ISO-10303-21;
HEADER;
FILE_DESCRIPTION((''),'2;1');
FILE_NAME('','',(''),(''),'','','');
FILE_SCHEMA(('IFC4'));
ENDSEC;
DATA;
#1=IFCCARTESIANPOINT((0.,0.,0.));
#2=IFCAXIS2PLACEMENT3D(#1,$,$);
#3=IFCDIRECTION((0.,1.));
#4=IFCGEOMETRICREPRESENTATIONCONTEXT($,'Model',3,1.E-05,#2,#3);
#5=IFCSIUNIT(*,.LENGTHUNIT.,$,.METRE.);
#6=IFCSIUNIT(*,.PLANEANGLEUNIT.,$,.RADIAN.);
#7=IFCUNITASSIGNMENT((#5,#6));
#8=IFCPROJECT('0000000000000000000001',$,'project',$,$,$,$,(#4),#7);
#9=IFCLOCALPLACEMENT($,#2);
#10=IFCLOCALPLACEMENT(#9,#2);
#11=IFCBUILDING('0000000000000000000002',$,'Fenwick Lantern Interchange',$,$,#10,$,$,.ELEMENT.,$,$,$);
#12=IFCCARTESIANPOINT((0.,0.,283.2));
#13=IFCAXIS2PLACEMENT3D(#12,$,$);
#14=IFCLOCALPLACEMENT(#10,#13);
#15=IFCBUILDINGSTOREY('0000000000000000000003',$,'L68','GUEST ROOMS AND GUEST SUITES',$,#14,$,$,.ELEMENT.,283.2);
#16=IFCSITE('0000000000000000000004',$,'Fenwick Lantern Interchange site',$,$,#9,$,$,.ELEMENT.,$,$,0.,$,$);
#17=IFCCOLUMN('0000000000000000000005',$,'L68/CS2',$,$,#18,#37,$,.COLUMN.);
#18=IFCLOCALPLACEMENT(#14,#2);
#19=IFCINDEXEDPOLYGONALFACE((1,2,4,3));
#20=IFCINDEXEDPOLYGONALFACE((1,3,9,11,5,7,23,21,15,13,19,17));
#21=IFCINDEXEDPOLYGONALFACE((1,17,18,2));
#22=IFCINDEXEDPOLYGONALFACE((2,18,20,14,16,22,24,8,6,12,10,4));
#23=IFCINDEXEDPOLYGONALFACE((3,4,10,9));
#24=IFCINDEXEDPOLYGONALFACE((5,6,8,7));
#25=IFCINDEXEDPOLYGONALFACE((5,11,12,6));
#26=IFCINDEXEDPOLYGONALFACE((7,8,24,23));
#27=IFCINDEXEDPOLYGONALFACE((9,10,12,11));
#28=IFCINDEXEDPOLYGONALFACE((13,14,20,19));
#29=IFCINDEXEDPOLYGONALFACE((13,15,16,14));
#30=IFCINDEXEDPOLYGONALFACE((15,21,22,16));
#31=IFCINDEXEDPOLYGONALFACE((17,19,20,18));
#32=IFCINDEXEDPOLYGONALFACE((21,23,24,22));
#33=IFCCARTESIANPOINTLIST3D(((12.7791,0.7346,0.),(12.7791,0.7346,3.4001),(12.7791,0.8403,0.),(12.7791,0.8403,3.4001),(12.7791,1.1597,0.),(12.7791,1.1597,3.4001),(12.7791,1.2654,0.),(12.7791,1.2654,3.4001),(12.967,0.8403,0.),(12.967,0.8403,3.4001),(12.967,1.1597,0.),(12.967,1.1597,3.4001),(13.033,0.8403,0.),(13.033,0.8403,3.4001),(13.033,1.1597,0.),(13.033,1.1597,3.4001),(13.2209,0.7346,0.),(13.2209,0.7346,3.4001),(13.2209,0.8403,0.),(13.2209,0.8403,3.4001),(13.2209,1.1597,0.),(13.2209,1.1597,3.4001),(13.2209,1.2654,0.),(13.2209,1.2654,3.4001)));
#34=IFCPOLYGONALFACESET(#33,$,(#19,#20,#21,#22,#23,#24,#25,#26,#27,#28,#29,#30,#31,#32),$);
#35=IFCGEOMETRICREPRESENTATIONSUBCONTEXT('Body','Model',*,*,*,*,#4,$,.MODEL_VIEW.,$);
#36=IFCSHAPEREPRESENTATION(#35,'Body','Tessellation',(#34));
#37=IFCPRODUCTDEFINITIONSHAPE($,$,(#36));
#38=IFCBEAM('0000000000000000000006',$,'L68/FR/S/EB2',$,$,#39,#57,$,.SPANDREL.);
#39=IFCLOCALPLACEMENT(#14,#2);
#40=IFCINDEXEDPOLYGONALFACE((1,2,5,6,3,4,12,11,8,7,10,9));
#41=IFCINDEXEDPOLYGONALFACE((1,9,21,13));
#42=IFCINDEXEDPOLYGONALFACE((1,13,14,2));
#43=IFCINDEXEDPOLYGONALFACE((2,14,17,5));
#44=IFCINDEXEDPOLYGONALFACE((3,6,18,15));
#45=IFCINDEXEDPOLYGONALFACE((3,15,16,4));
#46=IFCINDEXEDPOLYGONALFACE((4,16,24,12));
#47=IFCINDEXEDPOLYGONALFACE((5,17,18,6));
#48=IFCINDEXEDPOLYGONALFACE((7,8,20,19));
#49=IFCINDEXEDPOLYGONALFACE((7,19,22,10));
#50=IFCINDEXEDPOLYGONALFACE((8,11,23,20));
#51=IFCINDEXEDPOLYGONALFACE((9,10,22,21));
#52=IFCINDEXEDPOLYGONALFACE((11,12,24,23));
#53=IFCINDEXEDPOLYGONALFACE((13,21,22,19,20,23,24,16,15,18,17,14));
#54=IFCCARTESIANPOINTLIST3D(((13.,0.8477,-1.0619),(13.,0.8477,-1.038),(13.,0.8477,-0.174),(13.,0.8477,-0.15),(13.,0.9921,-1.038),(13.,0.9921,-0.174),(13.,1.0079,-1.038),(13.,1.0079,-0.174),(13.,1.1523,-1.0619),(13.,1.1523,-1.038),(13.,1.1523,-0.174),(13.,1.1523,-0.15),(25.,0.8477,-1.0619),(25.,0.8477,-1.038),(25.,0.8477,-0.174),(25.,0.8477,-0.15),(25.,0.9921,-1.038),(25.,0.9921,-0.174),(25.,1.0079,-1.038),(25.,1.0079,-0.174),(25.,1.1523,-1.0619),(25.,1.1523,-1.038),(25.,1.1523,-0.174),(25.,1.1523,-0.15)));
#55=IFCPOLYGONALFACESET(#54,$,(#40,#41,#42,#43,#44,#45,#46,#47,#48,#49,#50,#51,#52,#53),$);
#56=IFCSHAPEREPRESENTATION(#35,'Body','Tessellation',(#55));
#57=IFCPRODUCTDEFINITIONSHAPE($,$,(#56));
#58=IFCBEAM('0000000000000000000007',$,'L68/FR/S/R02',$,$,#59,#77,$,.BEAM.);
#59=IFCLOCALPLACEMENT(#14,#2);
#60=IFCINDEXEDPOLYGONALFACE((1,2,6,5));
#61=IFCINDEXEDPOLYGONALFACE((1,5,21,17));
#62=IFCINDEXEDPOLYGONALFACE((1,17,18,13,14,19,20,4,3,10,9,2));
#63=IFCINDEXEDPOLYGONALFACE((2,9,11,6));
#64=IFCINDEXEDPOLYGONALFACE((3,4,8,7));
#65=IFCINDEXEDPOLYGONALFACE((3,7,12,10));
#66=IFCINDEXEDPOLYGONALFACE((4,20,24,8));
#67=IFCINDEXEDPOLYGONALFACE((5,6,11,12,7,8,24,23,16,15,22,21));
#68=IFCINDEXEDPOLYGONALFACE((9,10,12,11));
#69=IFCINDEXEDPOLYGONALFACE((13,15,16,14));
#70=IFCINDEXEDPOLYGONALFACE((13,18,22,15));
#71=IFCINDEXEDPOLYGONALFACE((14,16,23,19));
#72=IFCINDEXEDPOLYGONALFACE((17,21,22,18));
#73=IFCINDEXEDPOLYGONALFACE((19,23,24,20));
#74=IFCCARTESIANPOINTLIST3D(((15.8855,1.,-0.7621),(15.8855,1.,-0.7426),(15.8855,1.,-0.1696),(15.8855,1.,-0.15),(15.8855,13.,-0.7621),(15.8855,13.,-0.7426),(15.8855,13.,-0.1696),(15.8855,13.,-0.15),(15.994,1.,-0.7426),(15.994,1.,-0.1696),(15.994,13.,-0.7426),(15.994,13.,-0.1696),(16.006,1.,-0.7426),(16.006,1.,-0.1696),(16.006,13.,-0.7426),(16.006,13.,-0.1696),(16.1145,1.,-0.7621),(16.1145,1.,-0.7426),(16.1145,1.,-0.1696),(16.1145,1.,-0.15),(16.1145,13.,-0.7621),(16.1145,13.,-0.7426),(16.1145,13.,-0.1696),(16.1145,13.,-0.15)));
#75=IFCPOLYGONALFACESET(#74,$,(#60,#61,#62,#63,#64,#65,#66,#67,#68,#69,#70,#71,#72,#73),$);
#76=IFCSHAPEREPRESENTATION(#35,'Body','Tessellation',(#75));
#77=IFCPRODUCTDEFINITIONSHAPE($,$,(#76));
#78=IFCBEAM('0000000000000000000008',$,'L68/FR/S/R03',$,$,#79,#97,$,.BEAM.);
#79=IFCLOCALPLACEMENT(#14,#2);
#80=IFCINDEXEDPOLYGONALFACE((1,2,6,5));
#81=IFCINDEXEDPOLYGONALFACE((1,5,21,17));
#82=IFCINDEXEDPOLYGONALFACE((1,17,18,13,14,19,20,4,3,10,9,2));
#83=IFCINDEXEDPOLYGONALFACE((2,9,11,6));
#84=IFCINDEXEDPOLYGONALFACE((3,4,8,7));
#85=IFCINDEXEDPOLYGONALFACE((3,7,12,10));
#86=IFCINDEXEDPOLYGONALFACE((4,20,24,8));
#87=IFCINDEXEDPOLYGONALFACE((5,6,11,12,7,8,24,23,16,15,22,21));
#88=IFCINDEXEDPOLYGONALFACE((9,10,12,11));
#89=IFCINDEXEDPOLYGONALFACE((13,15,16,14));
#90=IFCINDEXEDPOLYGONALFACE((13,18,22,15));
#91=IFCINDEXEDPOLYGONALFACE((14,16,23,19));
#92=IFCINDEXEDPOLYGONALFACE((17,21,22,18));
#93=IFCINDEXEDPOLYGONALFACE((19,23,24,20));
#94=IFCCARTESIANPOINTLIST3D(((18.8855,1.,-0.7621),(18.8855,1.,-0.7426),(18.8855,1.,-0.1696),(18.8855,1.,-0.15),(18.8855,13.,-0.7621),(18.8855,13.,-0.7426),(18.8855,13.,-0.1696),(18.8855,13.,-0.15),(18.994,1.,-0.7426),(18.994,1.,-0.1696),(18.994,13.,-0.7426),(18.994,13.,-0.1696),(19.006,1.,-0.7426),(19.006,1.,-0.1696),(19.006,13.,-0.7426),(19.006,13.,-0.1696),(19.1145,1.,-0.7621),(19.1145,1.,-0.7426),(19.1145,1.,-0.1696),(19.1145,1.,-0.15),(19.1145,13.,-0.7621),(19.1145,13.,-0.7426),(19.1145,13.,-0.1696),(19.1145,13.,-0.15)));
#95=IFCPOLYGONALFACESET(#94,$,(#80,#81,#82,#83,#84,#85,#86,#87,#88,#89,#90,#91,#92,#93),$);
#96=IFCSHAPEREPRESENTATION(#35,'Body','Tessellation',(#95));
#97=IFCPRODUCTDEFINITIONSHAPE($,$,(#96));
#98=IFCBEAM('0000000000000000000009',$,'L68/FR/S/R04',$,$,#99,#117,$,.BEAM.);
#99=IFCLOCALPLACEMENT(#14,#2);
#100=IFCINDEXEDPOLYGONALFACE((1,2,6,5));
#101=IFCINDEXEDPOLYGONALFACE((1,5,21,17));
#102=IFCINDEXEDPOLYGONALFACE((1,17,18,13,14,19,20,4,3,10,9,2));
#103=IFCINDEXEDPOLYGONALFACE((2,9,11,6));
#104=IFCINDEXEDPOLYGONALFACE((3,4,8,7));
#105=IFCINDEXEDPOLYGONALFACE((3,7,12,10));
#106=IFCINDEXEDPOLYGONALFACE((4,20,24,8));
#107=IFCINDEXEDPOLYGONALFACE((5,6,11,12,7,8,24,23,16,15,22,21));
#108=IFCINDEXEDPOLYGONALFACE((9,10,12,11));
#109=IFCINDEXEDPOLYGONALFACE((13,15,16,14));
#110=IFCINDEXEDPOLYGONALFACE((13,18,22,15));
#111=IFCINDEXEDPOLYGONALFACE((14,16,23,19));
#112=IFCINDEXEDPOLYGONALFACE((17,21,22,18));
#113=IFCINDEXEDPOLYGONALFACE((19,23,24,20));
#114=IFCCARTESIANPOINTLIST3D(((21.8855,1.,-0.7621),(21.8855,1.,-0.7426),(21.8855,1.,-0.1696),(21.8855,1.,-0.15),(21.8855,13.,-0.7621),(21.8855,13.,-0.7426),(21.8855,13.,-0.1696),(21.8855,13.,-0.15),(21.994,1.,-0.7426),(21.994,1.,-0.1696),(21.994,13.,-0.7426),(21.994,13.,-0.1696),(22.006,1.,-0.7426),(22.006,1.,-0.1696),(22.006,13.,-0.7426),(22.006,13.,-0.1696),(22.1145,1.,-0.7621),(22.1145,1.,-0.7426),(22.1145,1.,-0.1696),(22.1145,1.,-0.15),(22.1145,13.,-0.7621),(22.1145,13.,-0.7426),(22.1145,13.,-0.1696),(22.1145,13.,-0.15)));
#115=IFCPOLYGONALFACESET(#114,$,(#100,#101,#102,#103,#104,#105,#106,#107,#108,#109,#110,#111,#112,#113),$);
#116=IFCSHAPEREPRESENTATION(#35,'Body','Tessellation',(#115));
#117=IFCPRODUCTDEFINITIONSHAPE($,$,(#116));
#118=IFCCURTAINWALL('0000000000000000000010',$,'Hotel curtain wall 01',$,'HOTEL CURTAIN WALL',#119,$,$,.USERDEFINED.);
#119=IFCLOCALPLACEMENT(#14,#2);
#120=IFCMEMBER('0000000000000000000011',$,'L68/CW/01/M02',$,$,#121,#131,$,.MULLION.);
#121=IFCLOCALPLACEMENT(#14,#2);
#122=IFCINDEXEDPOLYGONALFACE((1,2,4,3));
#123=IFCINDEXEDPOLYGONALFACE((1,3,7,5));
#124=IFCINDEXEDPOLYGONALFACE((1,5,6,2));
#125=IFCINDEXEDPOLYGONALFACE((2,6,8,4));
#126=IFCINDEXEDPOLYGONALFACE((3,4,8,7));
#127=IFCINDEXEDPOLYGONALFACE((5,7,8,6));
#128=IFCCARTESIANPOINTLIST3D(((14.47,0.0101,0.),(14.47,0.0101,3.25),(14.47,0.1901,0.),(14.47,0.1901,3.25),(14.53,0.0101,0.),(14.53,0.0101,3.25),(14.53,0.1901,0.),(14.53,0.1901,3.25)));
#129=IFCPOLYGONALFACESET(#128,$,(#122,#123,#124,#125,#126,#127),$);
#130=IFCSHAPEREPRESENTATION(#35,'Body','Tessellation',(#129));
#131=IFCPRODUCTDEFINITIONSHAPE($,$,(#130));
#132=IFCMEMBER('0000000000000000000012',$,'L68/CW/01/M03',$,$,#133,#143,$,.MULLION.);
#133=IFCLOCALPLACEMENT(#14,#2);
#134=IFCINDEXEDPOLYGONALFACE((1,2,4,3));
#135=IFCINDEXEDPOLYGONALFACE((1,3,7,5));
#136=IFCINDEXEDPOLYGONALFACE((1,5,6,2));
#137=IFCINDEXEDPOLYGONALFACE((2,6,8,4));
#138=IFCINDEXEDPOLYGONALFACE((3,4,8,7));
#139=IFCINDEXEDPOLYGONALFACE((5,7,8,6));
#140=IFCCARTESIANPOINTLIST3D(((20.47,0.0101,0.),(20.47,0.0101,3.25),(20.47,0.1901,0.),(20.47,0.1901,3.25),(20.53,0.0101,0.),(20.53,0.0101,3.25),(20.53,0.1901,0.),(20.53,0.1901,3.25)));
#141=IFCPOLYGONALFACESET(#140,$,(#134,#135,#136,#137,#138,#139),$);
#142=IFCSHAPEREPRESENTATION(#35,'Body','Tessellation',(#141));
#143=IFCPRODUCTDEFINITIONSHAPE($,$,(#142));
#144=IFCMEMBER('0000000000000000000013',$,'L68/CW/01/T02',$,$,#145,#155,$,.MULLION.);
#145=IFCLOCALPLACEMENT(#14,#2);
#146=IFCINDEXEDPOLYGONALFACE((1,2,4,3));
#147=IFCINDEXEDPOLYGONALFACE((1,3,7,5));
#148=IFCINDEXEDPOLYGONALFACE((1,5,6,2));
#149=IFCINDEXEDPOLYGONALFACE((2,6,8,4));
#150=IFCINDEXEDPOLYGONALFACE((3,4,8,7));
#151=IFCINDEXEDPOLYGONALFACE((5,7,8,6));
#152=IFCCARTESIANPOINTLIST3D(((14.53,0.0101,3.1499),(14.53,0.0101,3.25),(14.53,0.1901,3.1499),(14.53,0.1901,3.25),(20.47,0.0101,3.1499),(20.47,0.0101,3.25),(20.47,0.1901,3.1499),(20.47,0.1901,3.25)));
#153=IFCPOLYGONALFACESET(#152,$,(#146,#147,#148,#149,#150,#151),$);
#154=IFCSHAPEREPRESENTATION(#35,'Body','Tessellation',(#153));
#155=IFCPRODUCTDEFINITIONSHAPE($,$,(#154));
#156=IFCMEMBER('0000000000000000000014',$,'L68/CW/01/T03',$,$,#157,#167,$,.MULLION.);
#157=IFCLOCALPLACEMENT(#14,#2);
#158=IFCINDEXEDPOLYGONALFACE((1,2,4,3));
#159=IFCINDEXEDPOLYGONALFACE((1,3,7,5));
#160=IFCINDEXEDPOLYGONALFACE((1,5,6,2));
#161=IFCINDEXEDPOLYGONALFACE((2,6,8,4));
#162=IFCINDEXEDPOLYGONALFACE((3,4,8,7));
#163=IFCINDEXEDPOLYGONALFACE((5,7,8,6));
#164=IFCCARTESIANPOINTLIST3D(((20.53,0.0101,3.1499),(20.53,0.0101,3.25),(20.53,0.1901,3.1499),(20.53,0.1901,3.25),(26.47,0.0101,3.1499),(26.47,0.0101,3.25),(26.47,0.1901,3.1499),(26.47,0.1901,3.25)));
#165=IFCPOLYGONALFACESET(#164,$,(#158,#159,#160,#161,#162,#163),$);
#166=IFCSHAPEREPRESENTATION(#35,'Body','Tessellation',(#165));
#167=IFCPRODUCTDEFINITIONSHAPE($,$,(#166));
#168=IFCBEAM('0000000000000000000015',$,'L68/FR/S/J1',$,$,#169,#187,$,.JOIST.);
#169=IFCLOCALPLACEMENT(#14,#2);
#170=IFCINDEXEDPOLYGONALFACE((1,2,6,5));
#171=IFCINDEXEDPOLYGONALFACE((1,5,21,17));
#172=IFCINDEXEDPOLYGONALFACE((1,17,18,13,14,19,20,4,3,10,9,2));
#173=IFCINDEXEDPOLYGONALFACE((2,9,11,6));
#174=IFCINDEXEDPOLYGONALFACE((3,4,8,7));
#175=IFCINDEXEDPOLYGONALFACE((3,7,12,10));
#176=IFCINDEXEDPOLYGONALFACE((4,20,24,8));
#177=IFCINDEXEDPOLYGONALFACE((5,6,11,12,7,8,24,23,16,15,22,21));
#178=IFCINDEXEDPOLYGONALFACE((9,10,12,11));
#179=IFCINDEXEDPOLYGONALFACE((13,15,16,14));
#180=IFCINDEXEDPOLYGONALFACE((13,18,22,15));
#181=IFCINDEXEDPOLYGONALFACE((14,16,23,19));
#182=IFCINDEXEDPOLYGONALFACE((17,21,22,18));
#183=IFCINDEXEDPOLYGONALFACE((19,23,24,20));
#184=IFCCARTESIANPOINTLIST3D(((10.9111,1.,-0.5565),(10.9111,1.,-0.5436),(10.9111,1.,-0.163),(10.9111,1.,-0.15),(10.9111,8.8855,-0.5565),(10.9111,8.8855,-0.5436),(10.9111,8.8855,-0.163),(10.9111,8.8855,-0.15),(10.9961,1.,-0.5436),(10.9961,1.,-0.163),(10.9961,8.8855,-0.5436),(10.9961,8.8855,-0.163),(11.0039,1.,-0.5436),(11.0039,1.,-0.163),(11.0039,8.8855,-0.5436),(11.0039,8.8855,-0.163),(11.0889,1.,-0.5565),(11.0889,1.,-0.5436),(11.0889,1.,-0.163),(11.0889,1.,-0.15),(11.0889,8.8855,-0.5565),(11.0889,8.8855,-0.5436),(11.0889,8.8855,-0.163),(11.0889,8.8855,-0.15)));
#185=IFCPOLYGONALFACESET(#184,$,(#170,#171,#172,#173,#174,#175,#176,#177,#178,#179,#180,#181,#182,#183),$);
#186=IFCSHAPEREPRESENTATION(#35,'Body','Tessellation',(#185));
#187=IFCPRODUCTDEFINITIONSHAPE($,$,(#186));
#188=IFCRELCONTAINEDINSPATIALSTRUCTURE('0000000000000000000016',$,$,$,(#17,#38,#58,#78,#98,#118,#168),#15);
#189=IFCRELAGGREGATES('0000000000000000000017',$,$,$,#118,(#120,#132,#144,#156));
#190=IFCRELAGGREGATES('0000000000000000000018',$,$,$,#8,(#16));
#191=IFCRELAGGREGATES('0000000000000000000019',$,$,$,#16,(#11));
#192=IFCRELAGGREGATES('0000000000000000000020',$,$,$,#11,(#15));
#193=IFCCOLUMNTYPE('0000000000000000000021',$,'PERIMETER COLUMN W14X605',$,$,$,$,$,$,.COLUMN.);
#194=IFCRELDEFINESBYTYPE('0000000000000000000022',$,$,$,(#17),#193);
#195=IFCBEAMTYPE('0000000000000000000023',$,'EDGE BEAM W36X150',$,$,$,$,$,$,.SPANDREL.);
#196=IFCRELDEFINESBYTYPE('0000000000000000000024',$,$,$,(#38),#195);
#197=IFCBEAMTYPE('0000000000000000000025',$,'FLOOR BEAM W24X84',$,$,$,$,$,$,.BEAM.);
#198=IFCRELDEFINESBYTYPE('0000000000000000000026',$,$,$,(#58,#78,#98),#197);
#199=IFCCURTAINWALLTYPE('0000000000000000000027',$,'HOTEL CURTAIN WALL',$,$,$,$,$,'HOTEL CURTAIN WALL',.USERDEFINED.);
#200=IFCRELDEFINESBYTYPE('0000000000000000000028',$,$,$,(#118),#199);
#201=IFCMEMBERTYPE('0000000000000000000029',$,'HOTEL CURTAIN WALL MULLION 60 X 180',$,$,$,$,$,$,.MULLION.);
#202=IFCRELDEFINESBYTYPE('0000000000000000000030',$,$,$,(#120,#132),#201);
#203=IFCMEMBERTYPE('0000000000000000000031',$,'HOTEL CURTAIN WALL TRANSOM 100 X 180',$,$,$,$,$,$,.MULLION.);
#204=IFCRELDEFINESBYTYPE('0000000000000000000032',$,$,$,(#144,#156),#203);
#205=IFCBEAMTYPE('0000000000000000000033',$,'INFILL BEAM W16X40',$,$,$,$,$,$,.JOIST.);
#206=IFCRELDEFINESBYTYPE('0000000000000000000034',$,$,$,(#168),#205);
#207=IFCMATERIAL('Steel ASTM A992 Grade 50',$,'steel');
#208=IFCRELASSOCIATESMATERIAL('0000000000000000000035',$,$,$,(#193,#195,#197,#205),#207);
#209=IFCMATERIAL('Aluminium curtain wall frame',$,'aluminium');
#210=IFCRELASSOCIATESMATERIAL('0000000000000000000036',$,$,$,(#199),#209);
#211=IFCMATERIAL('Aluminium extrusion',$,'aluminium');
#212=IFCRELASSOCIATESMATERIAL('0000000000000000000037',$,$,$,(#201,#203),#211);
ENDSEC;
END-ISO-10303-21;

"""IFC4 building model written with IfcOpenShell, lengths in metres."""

from ifc_helpers import new_model, si_unit, direction, frame, origin, origin_2d, place, context, subcontext, project, spatial, rectangle, i_section, extrude, material, material_profile, profile_set, type_object, element, aggregate, save


model = new_model("IFC4")

# Units and contexts
model_context = context("Model", 3, precision=1e-05, world=origin(), true_north=direction((0.0, 1.0)))
body_context = subcontext(model_context, "Body", "Model", "MODEL_VIEW")
ifc_project = project(units=[si_unit("LENGTHUNIT", "METRE"), si_unit("PLANEANGLEUNIT", "RADIAN")], contexts=[model_context])

# Site, building, storey
site_placement = place(None, origin())
site = spatial("IfcSite", under=ifc_project, at=site_placement, Name="Fenwick Lantern Interchange site", CompositionType="ELEMENT", RefElevation=0.0)
building_placement = place(site_placement, origin())
building = spatial("IfcBuilding", under=site, at=building_placement, Name="Fenwick Lantern Interchange", CompositionType="ELEMENT")
storey_placement = place(building_placement, frame((0.0, 0.0, 283.2)))
storey = spatial("IfcBuildingStorey", under=building, at=storey_placement, Name="L68", Description="GUEST ROOMS AND GUEST SUITES", CompositionType="ELEMENT", Elevation=283.2)

# Column
ifc_material_1 = material(Name="Steel ASTM A992 Grade 50", Category="steel")
ifc_material_profile_1 = material_profile(ifc_material_1, i_section(OverallWidth=0.4419, OverallDepth=0.5308, WebThickness=0.0659, FlangeThickness=0.1057, at=origin_2d()), Name="W14X605")
ifc_profile_set_1 = profile_set([ifc_material_profile_1], Name="Steel ASTM A992 Grade 50")
column_type = type_object("IfcColumnType", Name="PERIMETER COLUMN W14X605", PredefinedType="COLUMN", material=ifc_profile_set_1)
column_placement = place(storey_placement, frame((13.0, 1.0, 0.0), z_axis=(0.0, 0.0, 1.0), x_axis=(1.0, 0.0, 0.0)))
element("IfcColumn", 1, at=column_placement, inside=storey, type_object=column_type, Name="L68/CS2", PredefinedType="COLUMN", context=body_context, shape_type="SweptSolid", body=[
    extrude(i_section(OverallWidth=0.4419, OverallDepth=0.5308, WebThickness=0.0659, FlangeThickness=0.1057, at=origin_2d()), origin(), (0.0, 0.0, 1.0), 3.4001),
])

# Beams
ifc_material_profile_2 = material_profile(ifc_material_1, i_section(OverallWidth=0.3047, OverallDepth=0.9119, WebThickness=0.0159, FlangeThickness=0.0239, at=origin_2d()), Name="W36X150")
ifc_profile_set_2 = profile_set([ifc_material_profile_2], Name="Steel ASTM A992 Grade 50")
beam_type_1 = type_object("IfcBeamType", Name="EDGE BEAM W36X150", PredefinedType="SPANDREL", material=ifc_profile_set_2)
beam_1_placement = place(storey_placement, frame((13.0, 1.0, -0.606), z_axis=(1.0, 0.0, 0.0), x_axis=(0.0, 1.0, 0.0)))
element("IfcBeam", 2, at=beam_1_placement, inside=storey, type_object=beam_type_1, Name="L68/FR/S/EB2", PredefinedType="SPANDREL", context=body_context, shape_type="SweptSolid", body=[
    extrude(i_section(OverallWidth=0.3047, OverallDepth=0.9119, WebThickness=0.0159, FlangeThickness=0.0239, at=origin_2d()), origin(), (0.0, 0.0, 1.0), 12.0),
])
ifc_material_profile_3 = material_profile(ifc_material_1, i_section(OverallWidth=0.229, OverallDepth=0.6121, WebThickness=0.012, FlangeThickness=0.0195, at=origin_2d()), Name="W24X84")
ifc_profile_set_3 = profile_set([ifc_material_profile_3], Name="Steel ASTM A992 Grade 50")
beam_type_2 = type_object("IfcBeamType", Name="FLOOR BEAM W24X84", PredefinedType="BEAM", material=ifc_profile_set_3)
for number, where, z_axis, x_axis, name in (
    (3, (16.0, 1.0, -0.4561), (0.0, 1.0, 0.0), (-1.0, 0.0, 0.0), "L68/FR/S/R02"),
    (4, (19.0, 1.0, -0.4561), (0.0, 1.0, 0.0), (-1.0, 0.0, 0.0), "L68/FR/S/R03"),
    (5, (22.0, 1.0, -0.4561), (0.0, 1.0, 0.0), (-1.0, 0.0, 0.0), "L68/FR/S/R04"),
):
    element("IfcBeam", number, at=place(storey_placement, frame(where, z_axis=z_axis, x_axis=x_axis)), inside=storey, type_object=beam_type_2, Name=name, PredefinedType="BEAM", context=body_context, shape_type="SweptSolid", body=[
        extrude(i_section(OverallWidth=0.229, OverallDepth=0.6121, WebThickness=0.012, FlangeThickness=0.0195, at=origin_2d()), origin(), (0.0, 0.0, 1.0), 12.0),
    ])

# Curtain wall, members
ifc_material_2 = material(Name="Aluminium curtain wall frame", Category="aluminium")
curtain_wall_type = type_object("IfcCurtainWallType", Name="HOTEL CURTAIN WALL", ElementType="HOTEL CURTAIN WALL", PredefinedType="USERDEFINED", material=ifc_material_2)
curtain_wall_placement = place(storey_placement, origin())
curtain_wall = element("IfcCurtainWall", 6, at=curtain_wall_placement, inside=storey, type_object=curtain_wall_type, Name="Hotel curtain wall 01", ObjectType="HOTEL CURTAIN WALL", PredefinedType="USERDEFINED")
ifc_material_3 = material(Name="Aluminium extrusion", Category="aluminium")
ifc_material_profile_4 = material_profile(ifc_material_3, rectangle(XDim=0.1799, YDim=0.0601, at=origin_2d()), Name="HOTEL CURTAIN WALL MULLION 60 X 180")
ifc_profile_set_4 = profile_set([ifc_material_profile_4], Name="Aluminium extrusion")
member_type_1 = type_object("IfcMemberType", Name="HOTEL CURTAIN WALL MULLION 60 X 180", PredefinedType="MULLION", material=ifc_profile_set_4)
member_1_placement = place(storey_placement, frame((14.5, 0.1001, 0.0), z_axis=(0.0, 0.0, 1.0), x_axis=(0.0, 1.0, 0.0)))
member_1 = element("IfcMember", 7, at=member_1_placement, type_object=member_type_1, Name="L68/CW/01/M02", PredefinedType="MULLION", context=body_context, shape_type="SweptSolid", body=[
    extrude(rectangle(XDim=0.1799, YDim=0.0601, at=origin_2d()), origin(), (0.0, 0.0, 1.0), 3.25),
])
member_2_placement = place(storey_placement, frame((20.5, 0.1001, 0.0), z_axis=(0.0, 0.0, 1.0), x_axis=(0.0, 1.0, 0.0)))
member_2 = element("IfcMember", 8, at=member_2_placement, type_object=member_type_1, Name="L68/CW/01/M03", PredefinedType="MULLION", context=body_context, shape_type="SweptSolid", body=[
    extrude(rectangle(XDim=0.1799, YDim=0.0601, at=origin_2d()), origin(), (0.0, 0.0, 1.0), 3.25),
])
ifc_material_profile_5 = material_profile(ifc_material_3, rectangle(XDim=0.1799, YDim=0.1001, at=origin_2d()), Name="HOTEL CURTAIN WALL TRANSOM 100 X 180")
ifc_profile_set_5 = profile_set([ifc_material_profile_5], Name="Aluminium extrusion")
member_type_2 = type_object("IfcMemberType", Name="HOTEL CURTAIN WALL TRANSOM 100 X 180", PredefinedType="MULLION", material=ifc_profile_set_5)
member_3_placement = place(storey_placement, frame((14.53, 0.1001, 3.2), z_axis=(1.0, 0.0, 0.0), x_axis=(0.0, 1.0, 0.0)))
member_3 = element("IfcMember", 9, at=member_3_placement, type_object=member_type_2, Name="L68/CW/01/T02", PredefinedType="MULLION", context=body_context, shape_type="SweptSolid", body=[
    extrude(rectangle(XDim=0.1799, YDim=0.1001, at=origin_2d()), origin(), (0.0, 0.0, 1.0), 5.9399),
])
member_4_placement = place(storey_placement, frame((20.53, 0.1001, 3.2), z_axis=(1.0, 0.0, 0.0), x_axis=(0.0, 1.0, 0.0)))
member_4 = element("IfcMember", 10, at=member_4_placement, type_object=member_type_2, Name="L68/CW/01/T03", PredefinedType="MULLION", context=body_context, shape_type="SweptSolid", body=[
    extrude(rectangle(XDim=0.1799, YDim=0.1001, at=origin_2d()), origin(), (0.0, 0.0, 1.0), 5.9399),
])
aggregate(curtain_wall, [member_1, member_2, member_3, member_4])

# Beam
ifc_material_profile_6 = material_profile(ifc_material_1, i_section(OverallWidth=0.1777, OverallDepth=0.4065, WebThickness=0.0078, FlangeThickness=0.0129, at=origin_2d()), Name="W16X40")
ifc_profile_set_6 = profile_set([ifc_material_profile_6], Name="Steel ASTM A992 Grade 50")
beam_type_3 = type_object("IfcBeamType", Name="INFILL BEAM W16X40", PredefinedType="JOIST", material=ifc_profile_set_6)
beam_2_placement = place(storey_placement, frame((11.0, 1.0, -0.3533), z_axis=(0.0, 1.0, 0.0), x_axis=(-1.0, 0.0, 0.0)))
element("IfcBeam", 11, at=beam_2_placement, inside=storey, type_object=beam_type_3, Name="L68/FR/S/J1", PredefinedType="JOIST", context=body_context, shape_type="SweptSolid", body=[
    extrude(i_section(OverallWidth=0.1777, OverallDepth=0.4065, WebThickness=0.0078, FlangeThickness=0.0129, at=origin_2d()), origin(), (0.0, 0.0, 1.0), 7.8855),
])

save(model, "model.ifc")
